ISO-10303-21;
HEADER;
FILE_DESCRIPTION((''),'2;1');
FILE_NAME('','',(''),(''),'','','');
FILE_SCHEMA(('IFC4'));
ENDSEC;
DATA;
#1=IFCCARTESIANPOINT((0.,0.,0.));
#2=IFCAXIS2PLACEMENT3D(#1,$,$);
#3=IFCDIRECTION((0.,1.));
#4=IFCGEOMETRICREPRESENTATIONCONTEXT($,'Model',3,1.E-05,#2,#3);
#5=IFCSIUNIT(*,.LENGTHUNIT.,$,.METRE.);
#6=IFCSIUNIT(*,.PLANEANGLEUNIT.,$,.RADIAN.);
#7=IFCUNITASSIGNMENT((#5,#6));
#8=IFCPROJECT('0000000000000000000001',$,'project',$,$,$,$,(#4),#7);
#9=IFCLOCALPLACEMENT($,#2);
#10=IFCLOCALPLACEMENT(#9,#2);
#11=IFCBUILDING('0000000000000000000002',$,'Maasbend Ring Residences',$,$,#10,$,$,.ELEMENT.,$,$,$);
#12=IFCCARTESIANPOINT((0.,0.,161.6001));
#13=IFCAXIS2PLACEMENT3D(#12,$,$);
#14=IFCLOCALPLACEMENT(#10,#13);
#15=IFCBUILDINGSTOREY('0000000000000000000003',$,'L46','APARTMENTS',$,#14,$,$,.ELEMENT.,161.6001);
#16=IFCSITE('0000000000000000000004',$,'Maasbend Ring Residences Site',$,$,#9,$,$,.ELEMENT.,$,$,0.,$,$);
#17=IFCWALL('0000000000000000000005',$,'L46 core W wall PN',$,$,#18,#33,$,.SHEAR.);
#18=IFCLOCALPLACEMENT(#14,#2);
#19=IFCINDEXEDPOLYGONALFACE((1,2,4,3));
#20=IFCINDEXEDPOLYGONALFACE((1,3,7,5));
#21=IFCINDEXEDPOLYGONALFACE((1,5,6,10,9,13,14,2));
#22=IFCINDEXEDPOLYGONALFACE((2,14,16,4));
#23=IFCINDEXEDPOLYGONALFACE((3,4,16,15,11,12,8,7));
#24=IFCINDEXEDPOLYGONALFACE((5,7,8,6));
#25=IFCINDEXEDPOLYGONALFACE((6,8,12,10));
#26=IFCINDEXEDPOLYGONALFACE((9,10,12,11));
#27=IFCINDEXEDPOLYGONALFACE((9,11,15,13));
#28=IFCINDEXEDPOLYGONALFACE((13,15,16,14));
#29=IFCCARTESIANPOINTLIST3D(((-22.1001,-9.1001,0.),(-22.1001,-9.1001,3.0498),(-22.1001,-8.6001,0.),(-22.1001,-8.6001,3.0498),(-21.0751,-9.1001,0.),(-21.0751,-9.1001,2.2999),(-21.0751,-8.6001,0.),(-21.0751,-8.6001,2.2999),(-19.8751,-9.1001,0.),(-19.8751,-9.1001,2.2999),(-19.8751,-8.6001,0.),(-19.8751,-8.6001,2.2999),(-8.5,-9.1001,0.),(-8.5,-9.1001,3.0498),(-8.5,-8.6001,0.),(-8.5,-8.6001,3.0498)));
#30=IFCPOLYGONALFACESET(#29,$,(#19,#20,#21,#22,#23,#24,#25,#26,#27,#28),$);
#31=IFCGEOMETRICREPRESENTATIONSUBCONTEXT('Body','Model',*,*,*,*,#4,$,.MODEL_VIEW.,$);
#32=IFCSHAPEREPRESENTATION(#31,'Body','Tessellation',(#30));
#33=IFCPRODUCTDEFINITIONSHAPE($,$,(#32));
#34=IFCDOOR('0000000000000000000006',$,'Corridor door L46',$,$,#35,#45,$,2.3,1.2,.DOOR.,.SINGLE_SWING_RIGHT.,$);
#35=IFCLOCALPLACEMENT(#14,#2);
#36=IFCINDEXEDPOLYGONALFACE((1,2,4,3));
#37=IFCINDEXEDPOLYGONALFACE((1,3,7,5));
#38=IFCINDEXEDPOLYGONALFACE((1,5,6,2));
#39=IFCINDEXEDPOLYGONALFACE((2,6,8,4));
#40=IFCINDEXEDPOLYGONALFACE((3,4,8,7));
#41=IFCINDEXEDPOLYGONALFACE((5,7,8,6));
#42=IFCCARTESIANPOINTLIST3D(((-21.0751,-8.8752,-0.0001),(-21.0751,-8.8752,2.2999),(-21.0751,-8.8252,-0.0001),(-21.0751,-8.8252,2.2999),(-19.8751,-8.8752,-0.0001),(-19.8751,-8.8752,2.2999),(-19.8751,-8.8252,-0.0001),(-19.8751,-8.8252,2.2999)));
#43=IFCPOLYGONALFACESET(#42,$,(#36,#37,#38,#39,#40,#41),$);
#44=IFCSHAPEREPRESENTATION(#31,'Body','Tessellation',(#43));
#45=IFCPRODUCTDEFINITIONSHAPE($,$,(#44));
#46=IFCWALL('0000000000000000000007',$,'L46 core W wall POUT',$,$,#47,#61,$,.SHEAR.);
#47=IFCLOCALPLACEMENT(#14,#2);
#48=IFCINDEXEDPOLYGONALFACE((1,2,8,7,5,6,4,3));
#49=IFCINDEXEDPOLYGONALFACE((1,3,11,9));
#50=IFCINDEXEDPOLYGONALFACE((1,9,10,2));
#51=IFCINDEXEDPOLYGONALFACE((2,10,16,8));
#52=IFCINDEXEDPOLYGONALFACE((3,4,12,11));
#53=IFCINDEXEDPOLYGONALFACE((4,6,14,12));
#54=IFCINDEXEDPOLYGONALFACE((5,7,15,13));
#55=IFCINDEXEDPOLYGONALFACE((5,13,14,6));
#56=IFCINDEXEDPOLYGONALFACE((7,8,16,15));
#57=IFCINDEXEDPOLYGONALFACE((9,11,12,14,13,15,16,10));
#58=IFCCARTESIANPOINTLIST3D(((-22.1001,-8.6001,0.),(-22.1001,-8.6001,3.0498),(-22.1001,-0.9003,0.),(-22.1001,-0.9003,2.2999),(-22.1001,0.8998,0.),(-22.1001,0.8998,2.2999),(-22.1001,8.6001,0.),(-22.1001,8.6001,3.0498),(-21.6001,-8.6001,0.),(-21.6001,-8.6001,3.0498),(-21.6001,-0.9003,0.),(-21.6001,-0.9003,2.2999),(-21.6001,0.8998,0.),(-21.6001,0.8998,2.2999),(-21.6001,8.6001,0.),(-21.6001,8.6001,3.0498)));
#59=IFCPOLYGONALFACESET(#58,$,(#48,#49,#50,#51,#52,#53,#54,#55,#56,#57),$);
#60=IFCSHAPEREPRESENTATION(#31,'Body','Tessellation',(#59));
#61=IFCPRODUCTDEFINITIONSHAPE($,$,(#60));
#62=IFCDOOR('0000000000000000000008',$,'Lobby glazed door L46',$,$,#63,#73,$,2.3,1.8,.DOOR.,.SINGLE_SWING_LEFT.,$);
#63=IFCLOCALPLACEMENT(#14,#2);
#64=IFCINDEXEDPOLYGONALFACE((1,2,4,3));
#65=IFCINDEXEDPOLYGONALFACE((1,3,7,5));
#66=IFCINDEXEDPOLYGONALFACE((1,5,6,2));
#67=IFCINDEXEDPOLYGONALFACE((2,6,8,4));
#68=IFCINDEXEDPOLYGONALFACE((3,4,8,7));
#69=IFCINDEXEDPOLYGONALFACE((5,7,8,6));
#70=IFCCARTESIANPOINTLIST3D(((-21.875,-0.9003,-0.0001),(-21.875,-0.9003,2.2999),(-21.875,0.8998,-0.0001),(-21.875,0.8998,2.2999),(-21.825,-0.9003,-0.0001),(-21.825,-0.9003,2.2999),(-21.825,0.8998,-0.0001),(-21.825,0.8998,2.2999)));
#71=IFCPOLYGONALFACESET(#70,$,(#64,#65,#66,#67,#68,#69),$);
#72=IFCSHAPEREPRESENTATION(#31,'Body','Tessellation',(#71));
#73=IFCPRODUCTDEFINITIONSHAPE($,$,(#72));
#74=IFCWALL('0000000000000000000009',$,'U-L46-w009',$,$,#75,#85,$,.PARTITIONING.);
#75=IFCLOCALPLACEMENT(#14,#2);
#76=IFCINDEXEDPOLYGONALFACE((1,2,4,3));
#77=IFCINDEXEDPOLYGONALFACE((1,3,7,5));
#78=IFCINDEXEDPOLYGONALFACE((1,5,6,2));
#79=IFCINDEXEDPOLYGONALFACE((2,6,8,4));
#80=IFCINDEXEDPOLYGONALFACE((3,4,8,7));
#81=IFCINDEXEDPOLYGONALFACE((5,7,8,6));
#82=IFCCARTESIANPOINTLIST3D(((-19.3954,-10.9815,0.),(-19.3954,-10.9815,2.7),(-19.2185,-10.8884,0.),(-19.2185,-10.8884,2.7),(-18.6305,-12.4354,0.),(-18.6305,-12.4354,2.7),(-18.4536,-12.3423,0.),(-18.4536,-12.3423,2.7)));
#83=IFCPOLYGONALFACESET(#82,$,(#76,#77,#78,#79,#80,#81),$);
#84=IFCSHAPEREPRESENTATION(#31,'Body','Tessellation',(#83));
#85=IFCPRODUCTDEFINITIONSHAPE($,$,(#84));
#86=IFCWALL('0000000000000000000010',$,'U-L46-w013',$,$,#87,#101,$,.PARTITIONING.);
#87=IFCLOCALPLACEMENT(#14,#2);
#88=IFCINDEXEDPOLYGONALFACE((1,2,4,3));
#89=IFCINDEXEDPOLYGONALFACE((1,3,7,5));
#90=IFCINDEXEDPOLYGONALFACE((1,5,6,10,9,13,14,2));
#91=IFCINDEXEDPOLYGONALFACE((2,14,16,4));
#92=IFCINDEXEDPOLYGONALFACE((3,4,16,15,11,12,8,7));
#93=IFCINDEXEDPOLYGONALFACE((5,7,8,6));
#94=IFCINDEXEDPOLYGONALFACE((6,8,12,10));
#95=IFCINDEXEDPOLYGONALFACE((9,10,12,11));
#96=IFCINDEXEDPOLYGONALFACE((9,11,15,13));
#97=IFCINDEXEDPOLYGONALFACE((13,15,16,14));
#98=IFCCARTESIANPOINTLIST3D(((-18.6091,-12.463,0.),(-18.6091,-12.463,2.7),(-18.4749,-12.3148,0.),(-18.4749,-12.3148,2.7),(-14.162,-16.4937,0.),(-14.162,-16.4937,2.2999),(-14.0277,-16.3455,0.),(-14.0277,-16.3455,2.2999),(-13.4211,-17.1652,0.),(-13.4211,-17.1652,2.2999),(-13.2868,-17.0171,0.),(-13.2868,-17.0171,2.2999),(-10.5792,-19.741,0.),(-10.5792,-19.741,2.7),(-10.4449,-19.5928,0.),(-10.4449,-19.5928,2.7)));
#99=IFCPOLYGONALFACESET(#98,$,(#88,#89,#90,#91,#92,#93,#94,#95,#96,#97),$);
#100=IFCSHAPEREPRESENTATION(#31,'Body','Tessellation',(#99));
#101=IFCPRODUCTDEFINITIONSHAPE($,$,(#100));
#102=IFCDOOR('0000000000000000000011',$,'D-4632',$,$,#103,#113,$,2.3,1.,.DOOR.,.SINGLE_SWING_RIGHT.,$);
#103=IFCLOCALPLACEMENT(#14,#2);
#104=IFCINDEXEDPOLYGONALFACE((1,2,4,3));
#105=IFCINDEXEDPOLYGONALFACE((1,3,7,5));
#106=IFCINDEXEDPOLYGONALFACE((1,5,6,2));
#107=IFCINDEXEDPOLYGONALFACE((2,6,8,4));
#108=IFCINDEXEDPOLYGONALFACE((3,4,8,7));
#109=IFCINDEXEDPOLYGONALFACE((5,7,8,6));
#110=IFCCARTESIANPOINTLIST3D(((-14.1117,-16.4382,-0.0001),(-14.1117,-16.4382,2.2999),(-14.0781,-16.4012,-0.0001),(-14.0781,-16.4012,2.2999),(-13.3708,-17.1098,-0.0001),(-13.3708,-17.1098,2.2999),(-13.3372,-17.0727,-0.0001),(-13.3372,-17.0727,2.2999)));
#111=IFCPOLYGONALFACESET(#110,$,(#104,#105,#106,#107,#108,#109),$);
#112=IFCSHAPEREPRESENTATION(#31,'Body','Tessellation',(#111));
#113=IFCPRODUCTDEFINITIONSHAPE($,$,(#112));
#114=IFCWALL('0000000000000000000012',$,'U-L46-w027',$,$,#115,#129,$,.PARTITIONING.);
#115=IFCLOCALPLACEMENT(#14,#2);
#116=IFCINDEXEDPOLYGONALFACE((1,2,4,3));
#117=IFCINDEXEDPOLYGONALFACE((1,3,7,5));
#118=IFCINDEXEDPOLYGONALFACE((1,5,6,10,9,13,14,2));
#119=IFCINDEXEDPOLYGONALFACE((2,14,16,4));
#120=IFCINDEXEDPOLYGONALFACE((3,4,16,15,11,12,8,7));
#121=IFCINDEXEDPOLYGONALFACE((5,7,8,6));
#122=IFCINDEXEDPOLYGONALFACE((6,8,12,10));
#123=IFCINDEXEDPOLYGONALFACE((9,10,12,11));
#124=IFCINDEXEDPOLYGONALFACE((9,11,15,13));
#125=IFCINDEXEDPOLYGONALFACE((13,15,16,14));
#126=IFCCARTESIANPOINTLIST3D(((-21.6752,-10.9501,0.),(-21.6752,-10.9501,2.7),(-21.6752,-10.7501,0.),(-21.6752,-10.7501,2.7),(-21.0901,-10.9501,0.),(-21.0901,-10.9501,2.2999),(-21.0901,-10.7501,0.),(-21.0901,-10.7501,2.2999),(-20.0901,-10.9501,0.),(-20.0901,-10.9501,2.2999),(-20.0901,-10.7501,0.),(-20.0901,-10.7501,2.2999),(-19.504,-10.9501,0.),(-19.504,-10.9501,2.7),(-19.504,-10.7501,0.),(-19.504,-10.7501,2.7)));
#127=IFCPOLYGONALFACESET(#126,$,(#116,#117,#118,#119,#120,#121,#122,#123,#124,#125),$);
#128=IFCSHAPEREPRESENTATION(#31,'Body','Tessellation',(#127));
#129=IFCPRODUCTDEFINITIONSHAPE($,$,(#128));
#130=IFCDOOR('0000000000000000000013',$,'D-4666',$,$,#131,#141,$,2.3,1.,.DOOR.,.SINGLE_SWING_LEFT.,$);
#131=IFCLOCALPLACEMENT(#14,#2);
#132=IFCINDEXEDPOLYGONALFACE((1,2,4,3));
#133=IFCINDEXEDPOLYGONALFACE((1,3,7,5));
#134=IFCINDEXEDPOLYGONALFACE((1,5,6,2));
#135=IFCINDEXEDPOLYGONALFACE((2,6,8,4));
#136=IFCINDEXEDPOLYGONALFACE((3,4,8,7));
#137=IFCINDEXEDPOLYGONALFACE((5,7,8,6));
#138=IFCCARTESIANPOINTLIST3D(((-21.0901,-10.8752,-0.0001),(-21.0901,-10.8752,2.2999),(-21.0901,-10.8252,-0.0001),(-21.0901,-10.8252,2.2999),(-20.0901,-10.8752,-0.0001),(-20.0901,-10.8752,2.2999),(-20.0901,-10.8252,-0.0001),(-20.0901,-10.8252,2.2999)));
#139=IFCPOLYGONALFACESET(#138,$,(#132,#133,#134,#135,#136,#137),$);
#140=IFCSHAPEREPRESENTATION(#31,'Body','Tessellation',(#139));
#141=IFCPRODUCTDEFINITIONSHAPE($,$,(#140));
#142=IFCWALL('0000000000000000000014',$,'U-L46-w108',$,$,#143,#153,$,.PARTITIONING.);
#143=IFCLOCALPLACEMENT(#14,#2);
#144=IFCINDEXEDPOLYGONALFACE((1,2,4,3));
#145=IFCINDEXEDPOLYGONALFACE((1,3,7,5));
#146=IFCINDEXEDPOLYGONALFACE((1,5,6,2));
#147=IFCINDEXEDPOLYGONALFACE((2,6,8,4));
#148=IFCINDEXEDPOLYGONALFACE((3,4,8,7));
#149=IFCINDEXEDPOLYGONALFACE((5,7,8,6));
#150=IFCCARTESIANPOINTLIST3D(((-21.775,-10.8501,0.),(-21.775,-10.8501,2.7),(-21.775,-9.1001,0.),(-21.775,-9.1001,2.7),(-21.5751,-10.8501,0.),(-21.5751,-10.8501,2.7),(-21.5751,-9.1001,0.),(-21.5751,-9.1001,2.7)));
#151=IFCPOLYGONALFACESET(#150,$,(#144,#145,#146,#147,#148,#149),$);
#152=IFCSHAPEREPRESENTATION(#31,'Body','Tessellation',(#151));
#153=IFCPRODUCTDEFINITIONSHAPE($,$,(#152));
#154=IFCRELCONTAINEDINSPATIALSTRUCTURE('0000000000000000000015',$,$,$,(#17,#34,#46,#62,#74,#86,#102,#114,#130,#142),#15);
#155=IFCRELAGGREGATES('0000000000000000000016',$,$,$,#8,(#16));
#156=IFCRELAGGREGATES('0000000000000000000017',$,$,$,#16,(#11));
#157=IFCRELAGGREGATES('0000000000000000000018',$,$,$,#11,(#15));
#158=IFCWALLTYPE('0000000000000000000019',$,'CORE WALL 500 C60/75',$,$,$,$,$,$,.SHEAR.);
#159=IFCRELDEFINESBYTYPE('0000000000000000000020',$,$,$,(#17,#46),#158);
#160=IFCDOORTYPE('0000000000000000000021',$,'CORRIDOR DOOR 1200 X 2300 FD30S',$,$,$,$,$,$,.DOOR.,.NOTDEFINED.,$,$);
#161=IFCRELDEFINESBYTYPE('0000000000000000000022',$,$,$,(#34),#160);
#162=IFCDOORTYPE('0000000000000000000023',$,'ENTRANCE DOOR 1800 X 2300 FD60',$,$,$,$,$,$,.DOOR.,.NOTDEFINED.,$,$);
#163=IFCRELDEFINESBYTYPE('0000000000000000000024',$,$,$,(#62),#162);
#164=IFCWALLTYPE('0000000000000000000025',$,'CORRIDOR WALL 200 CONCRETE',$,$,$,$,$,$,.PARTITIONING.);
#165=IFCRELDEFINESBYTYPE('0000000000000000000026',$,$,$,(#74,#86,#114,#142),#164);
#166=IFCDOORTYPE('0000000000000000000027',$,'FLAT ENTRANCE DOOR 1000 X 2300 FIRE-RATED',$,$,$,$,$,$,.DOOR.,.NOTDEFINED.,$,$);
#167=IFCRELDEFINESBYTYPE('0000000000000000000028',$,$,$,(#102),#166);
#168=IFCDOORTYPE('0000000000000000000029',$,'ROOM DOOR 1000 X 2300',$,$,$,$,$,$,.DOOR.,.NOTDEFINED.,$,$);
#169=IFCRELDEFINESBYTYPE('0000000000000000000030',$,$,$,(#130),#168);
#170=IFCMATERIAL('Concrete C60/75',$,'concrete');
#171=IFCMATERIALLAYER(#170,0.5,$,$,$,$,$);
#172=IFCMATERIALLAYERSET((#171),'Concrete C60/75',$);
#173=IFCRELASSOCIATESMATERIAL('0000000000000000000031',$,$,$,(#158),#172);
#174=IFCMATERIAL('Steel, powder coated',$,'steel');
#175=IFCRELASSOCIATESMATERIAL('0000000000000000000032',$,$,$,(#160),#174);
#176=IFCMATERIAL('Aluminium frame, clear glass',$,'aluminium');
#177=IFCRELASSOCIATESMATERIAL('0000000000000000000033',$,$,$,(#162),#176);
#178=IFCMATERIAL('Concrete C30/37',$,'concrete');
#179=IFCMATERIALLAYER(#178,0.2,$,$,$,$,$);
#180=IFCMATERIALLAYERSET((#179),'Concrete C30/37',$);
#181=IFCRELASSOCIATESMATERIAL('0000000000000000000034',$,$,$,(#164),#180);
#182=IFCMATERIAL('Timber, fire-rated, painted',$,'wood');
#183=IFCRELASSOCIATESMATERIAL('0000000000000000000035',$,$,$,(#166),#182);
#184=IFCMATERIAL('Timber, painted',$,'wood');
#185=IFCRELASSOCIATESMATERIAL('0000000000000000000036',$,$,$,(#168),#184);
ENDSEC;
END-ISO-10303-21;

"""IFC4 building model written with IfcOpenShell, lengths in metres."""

from ifc_helpers import new_model, si_unit, direction, frame, frame_2d, origin, place, context, subcontext, project, spatial, rectangle, extrude, material, layer, layer_set, type_object, element, fill, save


model = new_model("IFC4")

# Units and contexts
model_context = context("Model", 3, precision=1e-05, world=origin(), true_north=direction((0.0, 1.0)))
body_context = subcontext(model_context, "Body", "Model", "MODEL_VIEW")
ifc_project = project(units=[si_unit("LENGTHUNIT", "METRE"), si_unit("PLANEANGLEUNIT", "RADIAN")], contexts=[model_context])

# Site, building, storey
site_placement = place(None, origin())
site = spatial("IfcSite", under=ifc_project, at=site_placement, Name="Maasbend Ring Residences Site", CompositionType="ELEMENT", RefElevation=0.0)
building_placement = place(site_placement, origin())
building = spatial("IfcBuilding", under=site, at=building_placement, Name="Maasbend Ring Residences", CompositionType="ELEMENT")
storey_placement = place(building_placement, frame((0.0, 0.0, 161.6001)))
storey = spatial("IfcBuildingStorey", under=building, at=storey_placement, Name="L46", Description="APARTMENTS", CompositionType="ELEMENT", Elevation=161.6001)

# Walls, openings, doors
ifc_material_1 = material(Name="Concrete C60/75", Category="concrete")
ifc_layer_1 = layer(ifc_material_1, 0.5)
ifc_layer_set_1 = layer_set([ifc_layer_1], Name="Concrete C60/75")
wall_type_1 = type_object("IfcWallType", Name="CORE WALL 500 C60/75", PredefinedType="SHEAR", material=ifc_layer_set_1)
wall_1_placement = place(storey_placement, frame((-22.1001, -8.8501, 0.0), z_axis=(0.0, 0.0, 1.0), x_axis=(1.0, 0.0, 0.0)))
wall_1 = element("IfcWall", 1, at=wall_1_placement, inside=storey, type_object=wall_type_1, Name="L46 core W wall PN", PredefinedType="SHEAR", context=body_context, shape_type="SweptSolid", body=[
    extrude(rectangle(XDim=13.6001, YDim=0.5, at=frame_2d((6.8, 0.0))), origin(), (0.0, 0.0, 1.0), 3.0498),
])
opening_1_placement = place(wall_1_placement, frame((1.0249, 0.0, 0.0)))
opening_1 = element("IfcOpeningElement", 2, at=opening_1_placement, cuts=wall_1, PredefinedType="OPENING", context=body_context, shape_type="SweptSolid", body=[
    extrude(rectangle(XDim=1.2, YDim=2.3, at=frame_2d((0.6001, 1.1499))), frame((0.0, 0.26, 0.0), z_axis=(0.0, -1.0, 0.0), x_axis=(1.0, 0.0, 0.0)), (0.0, 0.0, 1.0), 0.52),
])
ifc_material_2 = material(Name="Steel, powder coated", Category="steel")
door_type_1 = type_object("IfcDoorType", Name="CORRIDOR DOOR 1200 X 2300 FD30S", OperationType="NOTDEFINED", PredefinedType="DOOR", material=ifc_material_2)
door_1_placement = place(opening_1_placement, origin())
door_1 = element("IfcDoor", 3, at=door_1_placement, inside=storey, type_object=door_type_1, Name="Corridor door L46", OperationType="SINGLE_SWING_RIGHT", OverallHeight=2.3, OverallWidth=1.2, PredefinedType="DOOR", context=body_context, shape_type="SweptSolid", body=[
    extrude(rectangle(XDim=1.2, YDim=2.3, at=frame_2d((0.6001, 1.1499))), frame((0.0, 0.0249, 0.0), z_axis=(0.0, -1.0, 0.0), x_axis=(1.0, 0.0, 0.0)), (0.0, 0.0, 1.0), 0.05),
])
fill(opening_1, door_1)
wall_2_placement = place(storey_placement, frame((-21.8501, -8.6001, 0.0), z_axis=(0.0, 0.0, 1.0), x_axis=(0.0, 1.0, 0.0)))
wall_2 = element("IfcWall", 4, at=wall_2_placement, inside=storey, type_object=wall_type_1, Name="L46 core W wall POUT", PredefinedType="SHEAR", context=body_context, shape_type="SweptSolid", body=[
    extrude(rectangle(XDim=17.2002, YDim=0.5, at=frame_2d((8.6001, 0.0))), origin(), (0.0, 0.0, 1.0), 3.0498),
])
opening_2_placement = place(wall_2_placement, frame((7.7, 0.0, 0.0)))
opening_2 = element("IfcOpeningElement", 5, at=opening_2_placement, cuts=wall_2, PredefinedType="OPENING", context=body_context, shape_type="SweptSolid", body=[
    extrude(rectangle(XDim=1.8, YDim=2.3, at=frame_2d((0.8999, 1.1499))), frame((0.0, 0.26, 0.0), z_axis=(0.0, -1.0, 0.0), x_axis=(1.0, 0.0, 0.0)), (0.0, 0.0, 1.0), 0.52),
])
ifc_material_3 = material(Name="Aluminium frame, clear glass", Category="aluminium")
door_type_2 = type_object("IfcDoorType", Name="ENTRANCE DOOR 1800 X 2300 FD60", OperationType="NOTDEFINED", PredefinedType="DOOR", material=ifc_material_3)
door_2_placement = place(opening_2_placement, origin())
door_2 = element("IfcDoor", 6, at=door_2_placement, inside=storey, type_object=door_type_2, Name="Lobby glazed door L46", OperationType="SINGLE_SWING_LEFT", OverallHeight=2.3, OverallWidth=1.8, PredefinedType="DOOR", context=body_context, shape_type="SweptSolid", body=[
    extrude(rectangle(XDim=1.8, YDim=2.3, at=frame_2d((0.8999, 1.1499))), frame((0.0, 0.0249, 0.0), z_axis=(0.0, -1.0, 0.0), x_axis=(1.0, 0.0, 0.0)), (0.0, 0.0, 1.0), 0.05),
])
fill(opening_2, door_2)

# Wall
ifc_material_4 = material(Name="Concrete C30/37", Category="concrete")
ifc_layer_2 = layer(ifc_material_4, 0.2)
ifc_layer_set_2 = layer_set([ifc_layer_2], Name="Concrete C30/37")
wall_type_2 = type_object("IfcWallType", Name="CORRIDOR WALL 200 CONCRETE", PredefinedType="PARTITIONING", material=ifc_layer_set_2)
wall_3_placement = place(storey_placement, frame((-19.3069, -10.9351, 0.0), z_axis=(0.0, 0.0, 1.0), x_axis=(0.465606, -0.884992, 0.0)))
element("IfcWall", 7, at=wall_3_placement, inside=storey, type_object=wall_type_2, Name="U-L46-w009", PredefinedType="PARTITIONING", context=body_context, shape_type="SweptSolid", body=[
    extrude(rectangle(XDim=1.6428, YDim=0.2, at=frame_2d((0.8213, 0.0))), origin(), (0.0, 0.0, 1.0), 2.7),
])

# Walls, openings, doors
wall_4_placement = place(storey_placement, frame((-18.542, -12.3889, 0.0), z_axis=(0.0, 0.0, 1.0), x_axis=(0.740947, -0.671563, 0.0)))
wall_4 = element("IfcWall", 8, at=wall_4_placement, inside=storey, type_object=wall_type_2, Name="U-L46-w013", PredefinedType="PARTITIONING", context=body_context, shape_type="SweptSolid", body=[
    extrude(rectangle(XDim=10.8374, YDim=0.2, at=frame_2d((5.4187, 0.0))), origin(), (0.0, 0.0, 1.0), 2.7),
])
opening_3_placement = place(wall_4_placement, frame((6.002, 0.0, 0.0)))
opening_3 = element("IfcOpeningElement", 9, at=opening_3_placement, cuts=wall_4, PredefinedType="OPENING", context=body_context, shape_type="SweptSolid", body=[
    extrude(rectangle(XDim=1.0, YDim=2.3, at=frame_2d((0.5, 1.1499))), frame((0.0, 0.1099, 0.0), z_axis=(0.0, -1.0, 0.0), x_axis=(1.0, 0.0, 0.0)), (0.0, 0.0, 1.0), 0.22),
])
ifc_material_5 = material(Name="Timber, fire-rated, painted", Category="wood")
door_type_3 = type_object("IfcDoorType", Name="FLAT ENTRANCE DOOR 1000 X 2300 FIRE-RATED", OperationType="NOTDEFINED", PredefinedType="DOOR", material=ifc_material_5)
door_3_placement = place(opening_3_placement, origin())
door_3 = element("IfcDoor", 10, at=door_3_placement, inside=storey, type_object=door_type_3, Name="D-4632", OperationType="SINGLE_SWING_RIGHT", OverallHeight=2.3, OverallWidth=1.0, PredefinedType="DOOR", context=body_context, shape_type="SweptSolid", body=[
    extrude(rectangle(XDim=1.0, YDim=2.3, at=frame_2d((0.5, 1.1499))), frame((0.0, 0.0249, 0.0), z_axis=(0.0, -1.0, 0.0), x_axis=(1.0, 0.0, 0.0)), (0.0, 0.0, 1.0), 0.05),
])
fill(opening_3, door_3)
wall_5_placement = place(storey_placement, frame((-21.675, -10.8501, 0.0), z_axis=(0.0, 0.0, 1.0), x_axis=(1.0, 0.0, 0.0)))
wall_5 = element("IfcWall", 11, at=wall_5_placement, inside=storey, type_object=wall_type_2, Name="U-L46-w027", PredefinedType="PARTITIONING", context=body_context, shape_type="SweptSolid", body=[
    extrude(rectangle(XDim=2.1711, YDim=0.2, at=frame_2d((1.0854, 0.0))), origin(), (0.0, 0.0, 1.0), 2.7),
])
opening_4_placement = place(wall_5_placement, frame((0.585, 0.0, 0.0)))
opening_4 = element("IfcOpeningElement", 12, at=opening_4_placement, cuts=wall_5, PredefinedType="OPENING", context=body_context, shape_type="SweptSolid", body=[
    extrude(rectangle(XDim=1.0, YDim=2.3, at=frame_2d((0.5, 1.1499))), frame((0.0, 0.1099, 0.0), z_axis=(0.0, -1.0, 0.0), x_axis=(1.0, 0.0, 0.0)), (0.0, 0.0, 1.0), 0.22),
])
ifc_material_6 = material(Name="Timber, painted", Category="wood")
door_type_4 = type_object("IfcDoorType", Name="ROOM DOOR 1000 X 2300", OperationType="NOTDEFINED", PredefinedType="DOOR", material=ifc_material_6)
door_4_placement = place(opening_4_placement, origin())
door_4 = element("IfcDoor", 13, at=door_4_placement, inside=storey, type_object=door_type_4, Name="D-4666", OperationType="SINGLE_SWING_LEFT", OverallHeight=2.3, OverallWidth=1.0, PredefinedType="DOOR", context=body_context, shape_type="SweptSolid", body=[
    extrude(rectangle(XDim=1.0, YDim=2.3, at=frame_2d((0.5, 1.1499))), frame((0.0, 0.0249, 0.0), z_axis=(0.0, -1.0, 0.0), x_axis=(1.0, 0.0, 0.0)), (0.0, 0.0, 1.0), 0.05),
])
fill(opening_4, door_4)

# Wall
wall_6_placement = place(storey_placement, frame((-21.675, -10.8501, 0.0), z_axis=(0.0, 0.0, 1.0), x_axis=(0.0, 1.0, 0.0)))
element("IfcWall", 14, at=wall_6_placement, inside=storey, type_object=wall_type_2, Name="U-L46-w108", PredefinedType="PARTITIONING", context=body_context, shape_type="SweptSolid", body=[
    extrude(rectangle(XDim=1.75, YDim=0.2, at=frame_2d((0.875, 0.0))), origin(), (0.0, 0.0, 1.0), 2.7),
])

save(model, "model.ifc")
